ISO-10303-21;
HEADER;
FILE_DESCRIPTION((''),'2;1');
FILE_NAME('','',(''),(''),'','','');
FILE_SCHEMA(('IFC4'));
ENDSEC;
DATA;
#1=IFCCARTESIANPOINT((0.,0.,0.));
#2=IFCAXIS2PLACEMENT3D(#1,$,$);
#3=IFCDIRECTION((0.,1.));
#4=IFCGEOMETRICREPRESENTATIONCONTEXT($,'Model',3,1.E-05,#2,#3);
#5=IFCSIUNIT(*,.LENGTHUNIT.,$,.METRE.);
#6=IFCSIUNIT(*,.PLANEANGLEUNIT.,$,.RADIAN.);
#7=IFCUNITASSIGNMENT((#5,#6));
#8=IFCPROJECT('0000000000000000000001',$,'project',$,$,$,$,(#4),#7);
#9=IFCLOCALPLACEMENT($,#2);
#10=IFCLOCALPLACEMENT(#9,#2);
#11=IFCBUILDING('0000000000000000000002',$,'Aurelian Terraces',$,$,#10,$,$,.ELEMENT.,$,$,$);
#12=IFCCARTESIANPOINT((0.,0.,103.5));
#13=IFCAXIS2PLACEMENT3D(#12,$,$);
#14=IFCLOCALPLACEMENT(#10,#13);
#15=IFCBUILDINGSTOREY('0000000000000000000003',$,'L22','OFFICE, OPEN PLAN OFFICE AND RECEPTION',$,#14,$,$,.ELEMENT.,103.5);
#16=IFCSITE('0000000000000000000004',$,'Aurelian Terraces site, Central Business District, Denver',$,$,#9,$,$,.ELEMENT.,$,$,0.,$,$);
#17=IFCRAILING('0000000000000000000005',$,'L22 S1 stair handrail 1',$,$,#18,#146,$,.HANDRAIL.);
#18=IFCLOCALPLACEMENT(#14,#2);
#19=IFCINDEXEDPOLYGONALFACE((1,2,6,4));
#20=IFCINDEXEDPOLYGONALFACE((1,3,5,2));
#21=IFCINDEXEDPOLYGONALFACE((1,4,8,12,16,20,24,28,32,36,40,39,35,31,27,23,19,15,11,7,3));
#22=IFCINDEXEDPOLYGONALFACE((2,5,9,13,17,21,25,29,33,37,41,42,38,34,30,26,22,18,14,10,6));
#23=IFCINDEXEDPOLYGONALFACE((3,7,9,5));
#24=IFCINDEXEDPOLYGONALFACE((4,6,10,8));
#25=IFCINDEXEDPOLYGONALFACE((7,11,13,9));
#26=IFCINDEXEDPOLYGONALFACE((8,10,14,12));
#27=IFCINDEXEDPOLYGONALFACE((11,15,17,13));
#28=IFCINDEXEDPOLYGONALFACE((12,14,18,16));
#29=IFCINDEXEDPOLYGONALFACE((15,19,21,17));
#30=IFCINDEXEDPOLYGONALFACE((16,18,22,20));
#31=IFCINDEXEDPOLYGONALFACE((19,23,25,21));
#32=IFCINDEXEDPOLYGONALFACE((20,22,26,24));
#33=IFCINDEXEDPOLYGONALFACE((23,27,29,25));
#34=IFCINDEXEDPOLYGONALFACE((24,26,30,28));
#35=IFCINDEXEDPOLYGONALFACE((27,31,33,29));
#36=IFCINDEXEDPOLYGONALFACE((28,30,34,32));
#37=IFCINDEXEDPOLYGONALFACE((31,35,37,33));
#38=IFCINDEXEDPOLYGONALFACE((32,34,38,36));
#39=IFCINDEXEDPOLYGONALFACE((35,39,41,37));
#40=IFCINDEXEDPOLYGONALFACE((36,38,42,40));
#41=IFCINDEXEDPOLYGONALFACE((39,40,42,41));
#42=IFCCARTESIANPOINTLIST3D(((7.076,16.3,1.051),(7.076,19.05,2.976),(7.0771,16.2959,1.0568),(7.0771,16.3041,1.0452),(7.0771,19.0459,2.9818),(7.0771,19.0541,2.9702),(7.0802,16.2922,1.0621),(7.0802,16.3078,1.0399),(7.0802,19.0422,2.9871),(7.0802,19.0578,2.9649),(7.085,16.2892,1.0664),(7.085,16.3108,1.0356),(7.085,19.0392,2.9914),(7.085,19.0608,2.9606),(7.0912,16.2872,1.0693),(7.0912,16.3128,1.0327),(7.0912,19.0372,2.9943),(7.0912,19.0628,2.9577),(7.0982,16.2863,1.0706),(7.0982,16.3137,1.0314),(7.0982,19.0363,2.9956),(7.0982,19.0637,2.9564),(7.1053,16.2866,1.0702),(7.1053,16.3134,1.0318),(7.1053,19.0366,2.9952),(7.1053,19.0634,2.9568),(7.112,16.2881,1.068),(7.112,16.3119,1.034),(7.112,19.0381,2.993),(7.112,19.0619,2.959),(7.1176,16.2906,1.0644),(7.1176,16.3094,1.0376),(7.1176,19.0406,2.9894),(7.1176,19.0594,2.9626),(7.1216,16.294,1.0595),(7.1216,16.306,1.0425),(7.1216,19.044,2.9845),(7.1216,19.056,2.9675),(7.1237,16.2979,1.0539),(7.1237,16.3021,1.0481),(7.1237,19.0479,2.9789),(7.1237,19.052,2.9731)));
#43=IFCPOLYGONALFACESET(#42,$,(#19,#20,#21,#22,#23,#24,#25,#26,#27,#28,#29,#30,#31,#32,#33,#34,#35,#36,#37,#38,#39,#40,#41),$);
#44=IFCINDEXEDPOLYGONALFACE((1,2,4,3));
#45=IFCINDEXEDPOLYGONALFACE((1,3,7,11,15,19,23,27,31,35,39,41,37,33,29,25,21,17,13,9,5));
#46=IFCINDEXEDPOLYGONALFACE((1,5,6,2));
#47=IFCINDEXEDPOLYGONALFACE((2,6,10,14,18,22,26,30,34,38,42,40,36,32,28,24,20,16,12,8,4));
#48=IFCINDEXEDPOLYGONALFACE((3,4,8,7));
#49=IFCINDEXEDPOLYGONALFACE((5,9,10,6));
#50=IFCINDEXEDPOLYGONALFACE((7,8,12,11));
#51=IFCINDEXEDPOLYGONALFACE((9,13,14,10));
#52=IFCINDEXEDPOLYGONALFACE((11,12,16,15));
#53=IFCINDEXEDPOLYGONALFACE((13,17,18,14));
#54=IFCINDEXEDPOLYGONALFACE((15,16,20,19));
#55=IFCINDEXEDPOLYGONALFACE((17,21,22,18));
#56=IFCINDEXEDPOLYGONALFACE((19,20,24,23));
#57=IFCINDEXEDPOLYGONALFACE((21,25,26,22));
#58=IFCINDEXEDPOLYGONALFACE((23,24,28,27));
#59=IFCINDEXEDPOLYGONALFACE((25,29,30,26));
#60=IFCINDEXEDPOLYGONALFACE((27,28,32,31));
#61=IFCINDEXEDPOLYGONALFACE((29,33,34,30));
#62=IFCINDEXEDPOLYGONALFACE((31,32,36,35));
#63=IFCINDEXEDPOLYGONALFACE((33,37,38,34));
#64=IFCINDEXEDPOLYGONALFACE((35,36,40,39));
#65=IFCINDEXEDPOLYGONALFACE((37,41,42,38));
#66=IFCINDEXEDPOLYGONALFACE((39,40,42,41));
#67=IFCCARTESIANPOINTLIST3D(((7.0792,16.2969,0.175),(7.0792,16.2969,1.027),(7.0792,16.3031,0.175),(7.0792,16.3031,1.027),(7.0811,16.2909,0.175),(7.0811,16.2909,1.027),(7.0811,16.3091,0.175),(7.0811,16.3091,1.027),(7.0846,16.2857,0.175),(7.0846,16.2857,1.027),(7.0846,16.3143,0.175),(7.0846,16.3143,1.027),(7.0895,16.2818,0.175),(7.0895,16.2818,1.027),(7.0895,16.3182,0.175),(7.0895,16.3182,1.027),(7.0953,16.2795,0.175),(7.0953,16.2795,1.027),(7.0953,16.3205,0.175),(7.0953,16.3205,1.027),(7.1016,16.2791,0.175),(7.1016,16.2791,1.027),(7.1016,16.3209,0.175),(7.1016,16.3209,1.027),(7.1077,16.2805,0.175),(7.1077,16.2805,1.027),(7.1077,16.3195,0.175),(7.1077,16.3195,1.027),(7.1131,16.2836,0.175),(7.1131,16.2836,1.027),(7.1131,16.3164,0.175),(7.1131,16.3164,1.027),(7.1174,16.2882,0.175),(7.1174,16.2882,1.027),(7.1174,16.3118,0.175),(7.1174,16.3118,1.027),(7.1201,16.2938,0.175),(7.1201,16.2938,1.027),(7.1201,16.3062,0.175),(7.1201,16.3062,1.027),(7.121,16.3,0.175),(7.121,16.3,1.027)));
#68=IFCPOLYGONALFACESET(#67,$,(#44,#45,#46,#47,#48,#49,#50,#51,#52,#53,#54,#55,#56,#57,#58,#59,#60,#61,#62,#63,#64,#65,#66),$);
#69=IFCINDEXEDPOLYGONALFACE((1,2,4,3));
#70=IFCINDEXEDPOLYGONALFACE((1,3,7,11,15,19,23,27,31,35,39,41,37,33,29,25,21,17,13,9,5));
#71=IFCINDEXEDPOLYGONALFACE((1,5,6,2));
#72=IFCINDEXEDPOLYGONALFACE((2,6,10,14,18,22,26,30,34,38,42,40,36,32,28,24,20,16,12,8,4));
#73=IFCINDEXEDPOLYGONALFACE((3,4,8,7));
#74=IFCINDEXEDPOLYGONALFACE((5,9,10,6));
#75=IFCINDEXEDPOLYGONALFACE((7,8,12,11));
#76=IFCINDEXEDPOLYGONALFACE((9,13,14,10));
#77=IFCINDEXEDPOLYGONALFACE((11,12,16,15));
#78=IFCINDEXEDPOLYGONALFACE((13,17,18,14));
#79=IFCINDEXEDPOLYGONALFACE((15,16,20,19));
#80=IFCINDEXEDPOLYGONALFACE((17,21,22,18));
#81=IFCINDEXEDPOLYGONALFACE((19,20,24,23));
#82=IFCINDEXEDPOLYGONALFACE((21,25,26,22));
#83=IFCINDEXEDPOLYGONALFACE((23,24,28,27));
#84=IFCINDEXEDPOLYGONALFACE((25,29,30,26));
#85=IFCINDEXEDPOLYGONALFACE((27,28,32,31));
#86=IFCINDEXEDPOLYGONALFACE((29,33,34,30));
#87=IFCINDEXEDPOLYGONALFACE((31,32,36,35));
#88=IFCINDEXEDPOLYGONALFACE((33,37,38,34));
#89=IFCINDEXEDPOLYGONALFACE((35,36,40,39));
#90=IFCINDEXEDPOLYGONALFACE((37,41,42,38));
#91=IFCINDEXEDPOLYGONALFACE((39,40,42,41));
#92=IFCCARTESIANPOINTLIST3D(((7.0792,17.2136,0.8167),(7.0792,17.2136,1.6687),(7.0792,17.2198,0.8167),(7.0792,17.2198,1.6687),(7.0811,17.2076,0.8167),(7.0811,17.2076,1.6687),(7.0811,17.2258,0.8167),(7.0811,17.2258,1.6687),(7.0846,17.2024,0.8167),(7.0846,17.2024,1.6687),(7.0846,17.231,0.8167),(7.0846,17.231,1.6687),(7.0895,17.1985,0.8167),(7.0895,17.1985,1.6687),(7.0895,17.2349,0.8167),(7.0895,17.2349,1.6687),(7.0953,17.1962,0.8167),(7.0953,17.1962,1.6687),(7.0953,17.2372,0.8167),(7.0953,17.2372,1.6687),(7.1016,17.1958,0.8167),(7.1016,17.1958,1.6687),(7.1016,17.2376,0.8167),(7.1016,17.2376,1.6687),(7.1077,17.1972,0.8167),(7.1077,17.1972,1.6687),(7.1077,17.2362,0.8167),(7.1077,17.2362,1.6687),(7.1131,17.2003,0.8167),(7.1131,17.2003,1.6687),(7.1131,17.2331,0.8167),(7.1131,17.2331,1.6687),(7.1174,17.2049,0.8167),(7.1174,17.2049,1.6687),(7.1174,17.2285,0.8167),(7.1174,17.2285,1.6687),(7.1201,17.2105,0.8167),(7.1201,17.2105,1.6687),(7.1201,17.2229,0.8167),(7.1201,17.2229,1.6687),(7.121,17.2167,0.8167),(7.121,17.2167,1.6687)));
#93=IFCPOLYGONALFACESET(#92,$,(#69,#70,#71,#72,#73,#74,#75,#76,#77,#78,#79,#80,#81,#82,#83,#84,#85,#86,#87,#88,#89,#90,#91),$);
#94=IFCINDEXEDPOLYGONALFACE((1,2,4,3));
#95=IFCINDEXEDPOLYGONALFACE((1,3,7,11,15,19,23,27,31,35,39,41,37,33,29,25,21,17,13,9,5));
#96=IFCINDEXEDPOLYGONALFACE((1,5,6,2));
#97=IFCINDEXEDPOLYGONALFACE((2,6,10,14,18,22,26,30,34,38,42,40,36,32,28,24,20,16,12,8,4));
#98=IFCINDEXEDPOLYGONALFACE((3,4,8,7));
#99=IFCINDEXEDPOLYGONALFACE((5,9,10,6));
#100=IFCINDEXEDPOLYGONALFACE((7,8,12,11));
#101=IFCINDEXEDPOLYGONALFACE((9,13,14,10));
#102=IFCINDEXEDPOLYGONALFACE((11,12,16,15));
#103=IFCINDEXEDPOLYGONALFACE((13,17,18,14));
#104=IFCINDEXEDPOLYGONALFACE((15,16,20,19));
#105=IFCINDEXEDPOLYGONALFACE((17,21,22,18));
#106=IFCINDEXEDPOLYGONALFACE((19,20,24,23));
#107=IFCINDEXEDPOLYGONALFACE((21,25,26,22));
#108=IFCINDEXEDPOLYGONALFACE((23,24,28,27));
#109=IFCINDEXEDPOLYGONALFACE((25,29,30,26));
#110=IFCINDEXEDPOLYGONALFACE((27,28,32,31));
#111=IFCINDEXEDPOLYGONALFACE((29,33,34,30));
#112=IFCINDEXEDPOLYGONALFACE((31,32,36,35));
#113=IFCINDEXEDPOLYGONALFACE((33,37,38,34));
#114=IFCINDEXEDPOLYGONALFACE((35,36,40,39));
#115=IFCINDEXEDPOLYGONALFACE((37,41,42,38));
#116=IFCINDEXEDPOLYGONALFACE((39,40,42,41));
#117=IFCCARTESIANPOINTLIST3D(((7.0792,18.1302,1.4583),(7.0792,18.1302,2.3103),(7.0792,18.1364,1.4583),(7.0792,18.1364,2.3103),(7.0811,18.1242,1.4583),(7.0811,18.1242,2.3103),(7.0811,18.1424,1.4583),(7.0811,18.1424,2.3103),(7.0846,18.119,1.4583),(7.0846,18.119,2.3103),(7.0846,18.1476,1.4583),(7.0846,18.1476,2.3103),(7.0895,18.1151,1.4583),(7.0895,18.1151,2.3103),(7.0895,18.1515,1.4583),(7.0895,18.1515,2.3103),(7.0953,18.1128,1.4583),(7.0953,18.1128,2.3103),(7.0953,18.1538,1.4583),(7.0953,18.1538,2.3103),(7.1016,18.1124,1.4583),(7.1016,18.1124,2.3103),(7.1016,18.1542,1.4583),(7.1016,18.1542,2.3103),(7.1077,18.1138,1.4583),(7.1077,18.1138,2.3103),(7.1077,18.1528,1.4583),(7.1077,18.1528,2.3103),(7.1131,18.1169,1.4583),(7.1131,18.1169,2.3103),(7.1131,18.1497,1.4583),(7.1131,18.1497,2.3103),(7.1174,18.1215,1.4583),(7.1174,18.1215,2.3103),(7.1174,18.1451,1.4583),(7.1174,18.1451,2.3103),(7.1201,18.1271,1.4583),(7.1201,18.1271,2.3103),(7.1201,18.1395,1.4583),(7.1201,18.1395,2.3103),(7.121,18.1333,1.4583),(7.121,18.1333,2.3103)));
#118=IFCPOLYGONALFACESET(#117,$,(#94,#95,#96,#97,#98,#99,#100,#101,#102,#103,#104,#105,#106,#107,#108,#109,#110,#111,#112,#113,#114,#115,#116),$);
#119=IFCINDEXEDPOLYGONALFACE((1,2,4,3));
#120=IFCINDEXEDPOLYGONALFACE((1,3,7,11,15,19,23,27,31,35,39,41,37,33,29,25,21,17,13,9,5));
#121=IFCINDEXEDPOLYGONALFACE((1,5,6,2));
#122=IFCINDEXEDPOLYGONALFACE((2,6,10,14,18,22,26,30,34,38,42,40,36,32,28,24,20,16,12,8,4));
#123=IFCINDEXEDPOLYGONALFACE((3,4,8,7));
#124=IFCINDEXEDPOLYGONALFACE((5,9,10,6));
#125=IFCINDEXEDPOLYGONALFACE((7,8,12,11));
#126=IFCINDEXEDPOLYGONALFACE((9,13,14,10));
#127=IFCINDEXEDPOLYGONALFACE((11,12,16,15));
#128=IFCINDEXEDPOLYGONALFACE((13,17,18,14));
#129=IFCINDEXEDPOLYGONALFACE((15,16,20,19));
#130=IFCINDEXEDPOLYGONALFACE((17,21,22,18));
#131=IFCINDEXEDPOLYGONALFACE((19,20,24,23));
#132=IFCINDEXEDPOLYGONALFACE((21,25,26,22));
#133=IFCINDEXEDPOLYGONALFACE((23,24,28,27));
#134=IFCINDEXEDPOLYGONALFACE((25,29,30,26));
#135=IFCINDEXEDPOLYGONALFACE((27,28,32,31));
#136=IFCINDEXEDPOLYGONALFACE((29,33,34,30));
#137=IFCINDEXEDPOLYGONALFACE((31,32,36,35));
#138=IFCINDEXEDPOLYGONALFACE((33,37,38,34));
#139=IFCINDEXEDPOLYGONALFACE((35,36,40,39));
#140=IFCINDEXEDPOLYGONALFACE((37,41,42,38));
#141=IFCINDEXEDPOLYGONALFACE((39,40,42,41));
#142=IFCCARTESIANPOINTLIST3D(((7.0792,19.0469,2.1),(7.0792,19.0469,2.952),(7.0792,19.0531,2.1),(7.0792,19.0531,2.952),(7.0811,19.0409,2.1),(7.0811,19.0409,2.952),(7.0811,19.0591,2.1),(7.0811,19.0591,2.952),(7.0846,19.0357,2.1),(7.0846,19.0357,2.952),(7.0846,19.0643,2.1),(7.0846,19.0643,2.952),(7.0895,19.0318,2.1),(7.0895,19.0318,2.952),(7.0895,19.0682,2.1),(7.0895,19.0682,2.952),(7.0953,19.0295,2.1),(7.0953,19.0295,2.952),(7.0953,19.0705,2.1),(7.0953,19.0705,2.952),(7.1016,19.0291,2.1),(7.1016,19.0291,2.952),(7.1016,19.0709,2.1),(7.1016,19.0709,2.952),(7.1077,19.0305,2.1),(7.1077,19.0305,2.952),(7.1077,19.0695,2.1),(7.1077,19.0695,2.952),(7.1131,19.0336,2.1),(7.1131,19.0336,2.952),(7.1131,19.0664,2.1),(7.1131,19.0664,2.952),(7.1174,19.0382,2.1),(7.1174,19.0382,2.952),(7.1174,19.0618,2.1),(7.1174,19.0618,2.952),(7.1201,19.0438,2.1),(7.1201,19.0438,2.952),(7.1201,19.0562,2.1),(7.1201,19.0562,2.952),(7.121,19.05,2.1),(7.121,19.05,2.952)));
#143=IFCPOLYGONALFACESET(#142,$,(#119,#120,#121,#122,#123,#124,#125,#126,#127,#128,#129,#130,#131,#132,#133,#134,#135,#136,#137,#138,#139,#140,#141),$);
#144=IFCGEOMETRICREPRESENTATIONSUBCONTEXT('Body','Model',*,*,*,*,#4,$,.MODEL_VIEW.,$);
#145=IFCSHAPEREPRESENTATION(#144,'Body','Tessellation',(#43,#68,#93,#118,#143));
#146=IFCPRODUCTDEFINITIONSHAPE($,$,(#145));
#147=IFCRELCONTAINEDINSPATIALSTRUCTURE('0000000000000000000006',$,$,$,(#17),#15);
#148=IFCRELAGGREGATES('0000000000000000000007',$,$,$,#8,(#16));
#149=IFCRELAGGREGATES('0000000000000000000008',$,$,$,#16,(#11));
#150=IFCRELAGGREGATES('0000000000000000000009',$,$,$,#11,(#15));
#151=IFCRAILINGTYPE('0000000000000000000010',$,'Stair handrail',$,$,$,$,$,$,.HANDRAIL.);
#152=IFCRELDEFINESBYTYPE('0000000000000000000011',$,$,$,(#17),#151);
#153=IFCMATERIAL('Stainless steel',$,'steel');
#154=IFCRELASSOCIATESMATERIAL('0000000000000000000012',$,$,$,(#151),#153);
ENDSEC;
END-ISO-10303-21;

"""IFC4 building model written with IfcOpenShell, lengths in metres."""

from ifc_helpers import new_model, si_unit, direction, frame, origin, origin_2d, place, context, subcontext, project, spatial, circle, extrude, source, transform, mapped, material, type_object, element, save


model = new_model("IFC4")

# Units and contexts
model_context = context("Model", 3, precision=1e-05, world=origin(), true_north=direction((0.0, 1.0)))
body_context = subcontext(model_context, "Body", "Model", "MODEL_VIEW")
ifc_project = project(units=[si_unit("LENGTHUNIT", "METRE"), si_unit("PLANEANGLEUNIT", "RADIAN")], contexts=[model_context])

# Site, building, storey
site_placement = place(None, origin())
site = spatial("IfcSite", under=ifc_project, at=site_placement, Name="Aurelian Terraces site, Central Business District, Denver", CompositionType="ELEMENT", RefElevation=0.0)
building_placement = place(site_placement, origin())
building = spatial("IfcBuilding", under=site, at=building_placement, Name="Aurelian Terraces", CompositionType="ELEMENT")
storey_placement = place(building_placement, frame((0.0, 0.0, 103.5)))
storey = spatial("IfcBuildingStorey", under=building, at=storey_placement, Name="L22", Description="OFFICE, OPEN PLAN OFFICE AND RECEPTION", CompositionType="ELEMENT", Elevation=103.5)

# Railing
ifc_material_1 = material(Name="Stainless steel", Category="steel")
railing_type_1 = type_object("IfcRailingType", Name="Stair handrail", PredefinedType="HANDRAIL", material=ifc_material_1)
shared_shape_1 = source(origin(), body_context, "Body", "SweptSolid", [
    extrude(circle(Radius=0.024, at=origin_2d()), frame((0.0, 0.0, 0.876), z_axis=(0.0, 0.819232, 0.573462), x_axis=(-1.0, 0.0, 0.0)), (0.0, 0.0, 1.0), 3.3568),
    extrude(circle(Radius=0.021, at=origin_2d()), origin(), (0.0, 0.0, 1.0), 0.852),
    extrude(circle(Radius=0.021, at=origin_2d()), frame((0.0, 0.9167, 0.6417)), (0.0, 0.0, 1.0), 0.852),
    extrude(circle(Radius=0.021, at=origin_2d()), frame((0.0, 1.8333, 1.2833)), (0.0, 0.0, 1.0), 0.852),
    extrude(circle(Radius=0.021, at=origin_2d()), frame((0.0, 2.75, 1.925)), (0.0, 0.0, 1.0), 0.852),
])
railing_1_placement = place(storey_placement, frame((7.1, 16.3, 0.175)))
element("IfcRailing", 1, at=railing_1_placement, inside=storey, type_object=railing_type_1, Name="L22 S1 stair handrail 1", PredefinedType="HANDRAIL", context=body_context, shape_type="MappedRepresentation", body=[
    mapped(shared_shape_1, transform((0.0, 0.0, 0.0), scale=1.0)),
])

save(model, "model.ifc")
